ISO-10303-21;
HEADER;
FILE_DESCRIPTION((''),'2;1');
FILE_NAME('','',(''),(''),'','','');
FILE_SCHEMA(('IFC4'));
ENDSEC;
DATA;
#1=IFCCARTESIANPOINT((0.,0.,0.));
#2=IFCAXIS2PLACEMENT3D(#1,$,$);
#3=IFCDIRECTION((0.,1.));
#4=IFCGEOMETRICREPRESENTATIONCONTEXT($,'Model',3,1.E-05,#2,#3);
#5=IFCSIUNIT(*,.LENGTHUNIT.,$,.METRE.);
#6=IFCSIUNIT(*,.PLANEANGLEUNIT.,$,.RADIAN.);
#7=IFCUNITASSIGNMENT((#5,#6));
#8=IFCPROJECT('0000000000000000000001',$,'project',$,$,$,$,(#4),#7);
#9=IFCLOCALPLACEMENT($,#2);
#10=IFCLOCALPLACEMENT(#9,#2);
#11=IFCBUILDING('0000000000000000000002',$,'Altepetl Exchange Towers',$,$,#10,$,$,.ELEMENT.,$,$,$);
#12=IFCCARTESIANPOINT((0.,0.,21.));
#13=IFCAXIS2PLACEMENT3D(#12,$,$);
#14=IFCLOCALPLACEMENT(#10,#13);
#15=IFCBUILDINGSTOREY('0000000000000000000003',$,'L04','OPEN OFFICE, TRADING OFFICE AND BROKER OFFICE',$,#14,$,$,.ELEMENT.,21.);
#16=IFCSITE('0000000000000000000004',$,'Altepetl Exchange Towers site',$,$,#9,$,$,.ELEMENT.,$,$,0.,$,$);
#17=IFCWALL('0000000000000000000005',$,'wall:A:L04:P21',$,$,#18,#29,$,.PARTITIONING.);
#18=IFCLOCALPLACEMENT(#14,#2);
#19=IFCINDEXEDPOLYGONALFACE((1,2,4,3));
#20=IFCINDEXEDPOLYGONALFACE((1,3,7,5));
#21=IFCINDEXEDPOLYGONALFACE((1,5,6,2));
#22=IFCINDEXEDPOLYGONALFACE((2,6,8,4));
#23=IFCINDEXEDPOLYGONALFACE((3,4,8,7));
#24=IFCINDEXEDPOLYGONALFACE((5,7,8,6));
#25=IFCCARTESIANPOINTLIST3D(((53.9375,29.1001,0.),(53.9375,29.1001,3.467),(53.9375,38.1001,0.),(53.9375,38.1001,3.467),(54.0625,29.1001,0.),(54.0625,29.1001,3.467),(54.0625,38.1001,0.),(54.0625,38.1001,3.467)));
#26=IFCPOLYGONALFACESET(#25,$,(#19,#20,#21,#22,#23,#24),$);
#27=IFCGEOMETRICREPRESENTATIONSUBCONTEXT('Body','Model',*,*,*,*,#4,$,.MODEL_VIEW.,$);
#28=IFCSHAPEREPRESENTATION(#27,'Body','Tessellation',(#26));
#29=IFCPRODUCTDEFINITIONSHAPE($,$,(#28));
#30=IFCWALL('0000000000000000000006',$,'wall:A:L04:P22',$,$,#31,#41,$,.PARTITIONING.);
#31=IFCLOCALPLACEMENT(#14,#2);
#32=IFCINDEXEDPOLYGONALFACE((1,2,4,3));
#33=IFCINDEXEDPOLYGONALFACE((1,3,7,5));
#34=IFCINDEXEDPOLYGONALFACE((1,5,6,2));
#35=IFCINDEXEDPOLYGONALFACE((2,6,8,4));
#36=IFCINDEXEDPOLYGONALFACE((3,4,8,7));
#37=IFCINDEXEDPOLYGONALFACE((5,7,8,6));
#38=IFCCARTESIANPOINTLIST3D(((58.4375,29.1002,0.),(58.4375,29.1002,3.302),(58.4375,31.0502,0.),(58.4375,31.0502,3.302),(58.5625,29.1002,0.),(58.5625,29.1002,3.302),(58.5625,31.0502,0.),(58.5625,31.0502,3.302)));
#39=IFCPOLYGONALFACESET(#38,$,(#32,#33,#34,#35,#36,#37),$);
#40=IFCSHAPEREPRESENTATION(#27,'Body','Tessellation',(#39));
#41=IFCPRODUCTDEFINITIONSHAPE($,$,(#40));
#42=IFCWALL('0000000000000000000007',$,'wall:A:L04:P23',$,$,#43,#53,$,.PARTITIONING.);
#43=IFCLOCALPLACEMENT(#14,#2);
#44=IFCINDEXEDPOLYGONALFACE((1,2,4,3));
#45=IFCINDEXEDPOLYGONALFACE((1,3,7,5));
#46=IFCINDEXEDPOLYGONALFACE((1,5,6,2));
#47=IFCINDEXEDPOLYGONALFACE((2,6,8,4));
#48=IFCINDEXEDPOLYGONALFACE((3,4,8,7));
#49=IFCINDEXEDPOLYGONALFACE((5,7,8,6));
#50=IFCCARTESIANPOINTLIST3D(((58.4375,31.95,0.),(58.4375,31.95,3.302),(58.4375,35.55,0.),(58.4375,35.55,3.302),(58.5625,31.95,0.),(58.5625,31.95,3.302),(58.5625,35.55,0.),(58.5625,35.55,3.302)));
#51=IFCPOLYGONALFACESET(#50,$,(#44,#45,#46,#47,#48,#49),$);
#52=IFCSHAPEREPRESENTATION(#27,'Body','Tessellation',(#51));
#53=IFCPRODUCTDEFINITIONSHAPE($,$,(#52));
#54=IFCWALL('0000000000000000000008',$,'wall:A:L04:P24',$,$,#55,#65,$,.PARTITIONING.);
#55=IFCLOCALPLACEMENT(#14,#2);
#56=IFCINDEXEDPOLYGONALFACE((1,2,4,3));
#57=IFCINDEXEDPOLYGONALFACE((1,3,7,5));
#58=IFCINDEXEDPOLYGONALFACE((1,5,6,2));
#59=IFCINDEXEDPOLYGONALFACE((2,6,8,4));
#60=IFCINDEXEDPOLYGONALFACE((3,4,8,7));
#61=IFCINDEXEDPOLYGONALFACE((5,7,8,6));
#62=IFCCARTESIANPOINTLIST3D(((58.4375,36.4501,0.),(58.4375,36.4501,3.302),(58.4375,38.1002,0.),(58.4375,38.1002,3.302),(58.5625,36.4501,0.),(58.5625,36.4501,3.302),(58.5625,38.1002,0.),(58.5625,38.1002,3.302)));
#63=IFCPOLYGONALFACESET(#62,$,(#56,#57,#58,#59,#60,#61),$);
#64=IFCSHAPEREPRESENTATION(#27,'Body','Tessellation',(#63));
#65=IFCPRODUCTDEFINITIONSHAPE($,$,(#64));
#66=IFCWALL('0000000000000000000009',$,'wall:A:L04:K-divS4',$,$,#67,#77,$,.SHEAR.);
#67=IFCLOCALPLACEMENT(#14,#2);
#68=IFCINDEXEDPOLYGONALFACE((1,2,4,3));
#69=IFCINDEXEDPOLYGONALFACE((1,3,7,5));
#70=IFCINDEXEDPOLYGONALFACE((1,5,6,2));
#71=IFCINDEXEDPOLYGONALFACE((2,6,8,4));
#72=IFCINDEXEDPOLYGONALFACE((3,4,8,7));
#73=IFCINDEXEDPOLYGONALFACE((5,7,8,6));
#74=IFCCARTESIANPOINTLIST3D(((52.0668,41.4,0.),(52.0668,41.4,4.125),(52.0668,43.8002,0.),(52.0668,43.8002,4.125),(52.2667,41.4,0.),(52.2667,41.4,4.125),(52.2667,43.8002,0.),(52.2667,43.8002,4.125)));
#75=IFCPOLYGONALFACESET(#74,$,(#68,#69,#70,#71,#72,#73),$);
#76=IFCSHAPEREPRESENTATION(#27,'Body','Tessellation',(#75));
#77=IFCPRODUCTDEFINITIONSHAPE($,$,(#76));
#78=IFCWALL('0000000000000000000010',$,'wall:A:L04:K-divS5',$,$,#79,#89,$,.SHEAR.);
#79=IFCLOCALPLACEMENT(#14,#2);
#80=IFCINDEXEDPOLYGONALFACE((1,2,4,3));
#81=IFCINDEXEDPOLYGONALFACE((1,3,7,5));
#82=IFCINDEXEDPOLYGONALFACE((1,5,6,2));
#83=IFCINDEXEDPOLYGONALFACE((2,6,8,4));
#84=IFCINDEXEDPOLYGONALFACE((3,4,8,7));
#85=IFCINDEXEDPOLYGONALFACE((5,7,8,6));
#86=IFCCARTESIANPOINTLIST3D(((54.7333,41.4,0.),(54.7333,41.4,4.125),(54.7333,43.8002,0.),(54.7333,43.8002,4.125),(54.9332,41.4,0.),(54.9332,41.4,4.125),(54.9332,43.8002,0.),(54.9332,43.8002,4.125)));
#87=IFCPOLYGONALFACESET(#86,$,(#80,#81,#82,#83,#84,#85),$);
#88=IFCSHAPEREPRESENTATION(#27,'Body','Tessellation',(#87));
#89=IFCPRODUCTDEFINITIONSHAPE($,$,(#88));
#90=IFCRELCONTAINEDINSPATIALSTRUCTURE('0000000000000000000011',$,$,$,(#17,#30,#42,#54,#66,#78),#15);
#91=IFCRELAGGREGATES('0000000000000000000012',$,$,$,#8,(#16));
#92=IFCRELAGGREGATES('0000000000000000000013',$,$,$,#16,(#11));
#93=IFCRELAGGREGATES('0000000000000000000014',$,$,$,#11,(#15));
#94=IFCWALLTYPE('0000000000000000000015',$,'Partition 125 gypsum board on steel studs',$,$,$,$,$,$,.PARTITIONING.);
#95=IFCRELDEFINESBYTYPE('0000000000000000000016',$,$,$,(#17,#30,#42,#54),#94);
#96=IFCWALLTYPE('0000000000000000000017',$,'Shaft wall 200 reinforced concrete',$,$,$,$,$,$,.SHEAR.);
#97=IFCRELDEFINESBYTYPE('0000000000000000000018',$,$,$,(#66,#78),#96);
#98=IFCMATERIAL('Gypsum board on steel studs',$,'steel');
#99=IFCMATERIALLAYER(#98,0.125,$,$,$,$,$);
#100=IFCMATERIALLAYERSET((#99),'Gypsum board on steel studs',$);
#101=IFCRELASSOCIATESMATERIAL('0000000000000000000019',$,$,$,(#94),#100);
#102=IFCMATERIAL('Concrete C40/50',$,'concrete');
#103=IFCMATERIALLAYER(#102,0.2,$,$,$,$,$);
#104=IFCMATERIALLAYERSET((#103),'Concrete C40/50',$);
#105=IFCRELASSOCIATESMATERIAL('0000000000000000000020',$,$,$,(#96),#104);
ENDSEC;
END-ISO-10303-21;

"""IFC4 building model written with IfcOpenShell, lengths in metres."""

from ifc_helpers import new_model, si_unit, direction, frame, frame_2d, origin, place, context, subcontext, project, spatial, rectangle, extrude, material, layer, layer_set, type_object, element, save


model = new_model("IFC4")

# Units and contexts
model_context = context("Model", 3, precision=1e-05, world=origin(), true_north=direction((0.0, 1.0)))
body_context = subcontext(model_context, "Body", "Model", "MODEL_VIEW")
ifc_project = project(units=[si_unit("LENGTHUNIT", "METRE"), si_unit("PLANEANGLEUNIT", "RADIAN")], contexts=[model_context])

# Site, building, storey
site_placement = place(None, origin())
site = spatial("IfcSite", under=ifc_project, at=site_placement, Name="Altepetl Exchange Towers site", CompositionType="ELEMENT", RefElevation=0.0)
building_placement = place(site_placement, origin())
building = spatial("IfcBuilding", under=site, at=building_placement, Name="Altepetl Exchange Towers", CompositionType="ELEMENT")
storey_placement = place(building_placement, frame((0.0, 0.0, 21.0)))
storey = spatial("IfcBuildingStorey", under=building, at=storey_placement, Name="L04", Description="OPEN OFFICE, TRADING OFFICE AND BROKER OFFICE", CompositionType="ELEMENT", Elevation=21.0)

# Walls
ifc_material_1 = material(Name="Gypsum board on steel studs", Category="steel")
ifc_layer_1 = layer(ifc_material_1, 0.125)
ifc_layer_set_1 = layer_set([ifc_layer_1], Name="Gypsum board on steel studs")
wall_type_1 = type_object("IfcWallType", Name="Partition 125 gypsum board on steel studs", PredefinedType="PARTITIONING", material=ifc_layer_set_1)
wall_1_placement = place(storey_placement, frame((54.0, 29.1001, 0.0), z_axis=(0.0, 0.0, 1.0), x_axis=(0.0, 1.0, 0.0)))
element("IfcWall", 1, at=wall_1_placement, inside=storey, type_object=wall_type_1, Name="wall:A:L04:P21", PredefinedType="PARTITIONING", context=body_context, shape_type="SweptSolid", body=[
    extrude(rectangle(XDim=9.0, YDim=0.125, at=frame_2d((4.5, 0.0))), origin(), (0.0, 0.0, 1.0), 3.467),
])
wall_2_placement = place(storey_placement, frame((58.5, 29.1001, 0.0), z_axis=(0.0, 0.0, 1.0), x_axis=(0.0, 1.0, 0.0)))
element("IfcWall", 2, at=wall_2_placement, inside=storey, type_object=wall_type_1, Name="wall:A:L04:P22", PredefinedType="PARTITIONING", context=body_context, shape_type="SweptSolid", body=[
    extrude(rectangle(XDim=1.95, YDim=0.125, at=frame_2d((0.9751, 0.0))), origin(), (0.0, 0.0, 1.0), 3.302),
])
wall_3_placement = place(storey_placement, frame((58.5, 31.95, 0.0), z_axis=(0.0, 0.0, 1.0), x_axis=(0.0, 1.0, 0.0)))
element("IfcWall", 3, at=wall_3_placement, inside=storey, type_object=wall_type_1, Name="wall:A:L04:P23", PredefinedType="PARTITIONING", context=body_context, shape_type="SweptSolid", body=[
    extrude(rectangle(XDim=3.6001, YDim=0.125, at=frame_2d((1.8, 0.0))), origin(), (0.0, 0.0, 1.0), 3.302),
])
wall_4_placement = place(storey_placement, frame((58.5, 36.45, 0.0), z_axis=(0.0, 0.0, 1.0), x_axis=(0.0, 1.0, 0.0)))
element("IfcWall", 4, at=wall_4_placement, inside=storey, type_object=wall_type_1, Name="wall:A:L04:P24", PredefinedType="PARTITIONING", context=body_context, shape_type="SweptSolid", body=[
    extrude(rectangle(XDim=1.6501, YDim=0.125, at=frame_2d((0.8252, 0.0))), origin(), (0.0, 0.0, 1.0), 3.302),
])
ifc_material_2 = material(Name="Concrete C40/50", Category="concrete")
ifc_layer_2 = layer(ifc_material_2, 0.2)
ifc_layer_set_2 = layer_set([ifc_layer_2], Name="Concrete C40/50")
wall_type_2 = type_object("IfcWallType", Name="Shaft wall 200 reinforced concrete", PredefinedType="SHEAR", material=ifc_layer_set_2)
for number, where, z_axis, x_axis, name in (
    (5, (52.1667, 41.3999, 0.0), (0.0, 0.0, 1.0), (0.0, 1.0, 0.0), "wall:A:L04:K-divS4"),
    (6, (54.8333, 41.3999, 0.0), (0.0, 0.0, 1.0), (0.0, 1.0, 0.0), "wall:A:L04:K-divS5"),
):
    element("IfcWall", number, at=place(storey_placement, frame(where, z_axis=z_axis, x_axis=x_axis)), inside=storey, type_object=wall_type_2, Name=name, PredefinedType="SHEAR", context=body_context, shape_type="SweptSolid", body=[
        extrude(rectangle(XDim=2.4001, YDim=0.2, at=frame_2d((1.2002, 0.0))), origin(), (0.0, 0.0, 1.0), 4.125),
    ])

save(model, "model.ifc")
